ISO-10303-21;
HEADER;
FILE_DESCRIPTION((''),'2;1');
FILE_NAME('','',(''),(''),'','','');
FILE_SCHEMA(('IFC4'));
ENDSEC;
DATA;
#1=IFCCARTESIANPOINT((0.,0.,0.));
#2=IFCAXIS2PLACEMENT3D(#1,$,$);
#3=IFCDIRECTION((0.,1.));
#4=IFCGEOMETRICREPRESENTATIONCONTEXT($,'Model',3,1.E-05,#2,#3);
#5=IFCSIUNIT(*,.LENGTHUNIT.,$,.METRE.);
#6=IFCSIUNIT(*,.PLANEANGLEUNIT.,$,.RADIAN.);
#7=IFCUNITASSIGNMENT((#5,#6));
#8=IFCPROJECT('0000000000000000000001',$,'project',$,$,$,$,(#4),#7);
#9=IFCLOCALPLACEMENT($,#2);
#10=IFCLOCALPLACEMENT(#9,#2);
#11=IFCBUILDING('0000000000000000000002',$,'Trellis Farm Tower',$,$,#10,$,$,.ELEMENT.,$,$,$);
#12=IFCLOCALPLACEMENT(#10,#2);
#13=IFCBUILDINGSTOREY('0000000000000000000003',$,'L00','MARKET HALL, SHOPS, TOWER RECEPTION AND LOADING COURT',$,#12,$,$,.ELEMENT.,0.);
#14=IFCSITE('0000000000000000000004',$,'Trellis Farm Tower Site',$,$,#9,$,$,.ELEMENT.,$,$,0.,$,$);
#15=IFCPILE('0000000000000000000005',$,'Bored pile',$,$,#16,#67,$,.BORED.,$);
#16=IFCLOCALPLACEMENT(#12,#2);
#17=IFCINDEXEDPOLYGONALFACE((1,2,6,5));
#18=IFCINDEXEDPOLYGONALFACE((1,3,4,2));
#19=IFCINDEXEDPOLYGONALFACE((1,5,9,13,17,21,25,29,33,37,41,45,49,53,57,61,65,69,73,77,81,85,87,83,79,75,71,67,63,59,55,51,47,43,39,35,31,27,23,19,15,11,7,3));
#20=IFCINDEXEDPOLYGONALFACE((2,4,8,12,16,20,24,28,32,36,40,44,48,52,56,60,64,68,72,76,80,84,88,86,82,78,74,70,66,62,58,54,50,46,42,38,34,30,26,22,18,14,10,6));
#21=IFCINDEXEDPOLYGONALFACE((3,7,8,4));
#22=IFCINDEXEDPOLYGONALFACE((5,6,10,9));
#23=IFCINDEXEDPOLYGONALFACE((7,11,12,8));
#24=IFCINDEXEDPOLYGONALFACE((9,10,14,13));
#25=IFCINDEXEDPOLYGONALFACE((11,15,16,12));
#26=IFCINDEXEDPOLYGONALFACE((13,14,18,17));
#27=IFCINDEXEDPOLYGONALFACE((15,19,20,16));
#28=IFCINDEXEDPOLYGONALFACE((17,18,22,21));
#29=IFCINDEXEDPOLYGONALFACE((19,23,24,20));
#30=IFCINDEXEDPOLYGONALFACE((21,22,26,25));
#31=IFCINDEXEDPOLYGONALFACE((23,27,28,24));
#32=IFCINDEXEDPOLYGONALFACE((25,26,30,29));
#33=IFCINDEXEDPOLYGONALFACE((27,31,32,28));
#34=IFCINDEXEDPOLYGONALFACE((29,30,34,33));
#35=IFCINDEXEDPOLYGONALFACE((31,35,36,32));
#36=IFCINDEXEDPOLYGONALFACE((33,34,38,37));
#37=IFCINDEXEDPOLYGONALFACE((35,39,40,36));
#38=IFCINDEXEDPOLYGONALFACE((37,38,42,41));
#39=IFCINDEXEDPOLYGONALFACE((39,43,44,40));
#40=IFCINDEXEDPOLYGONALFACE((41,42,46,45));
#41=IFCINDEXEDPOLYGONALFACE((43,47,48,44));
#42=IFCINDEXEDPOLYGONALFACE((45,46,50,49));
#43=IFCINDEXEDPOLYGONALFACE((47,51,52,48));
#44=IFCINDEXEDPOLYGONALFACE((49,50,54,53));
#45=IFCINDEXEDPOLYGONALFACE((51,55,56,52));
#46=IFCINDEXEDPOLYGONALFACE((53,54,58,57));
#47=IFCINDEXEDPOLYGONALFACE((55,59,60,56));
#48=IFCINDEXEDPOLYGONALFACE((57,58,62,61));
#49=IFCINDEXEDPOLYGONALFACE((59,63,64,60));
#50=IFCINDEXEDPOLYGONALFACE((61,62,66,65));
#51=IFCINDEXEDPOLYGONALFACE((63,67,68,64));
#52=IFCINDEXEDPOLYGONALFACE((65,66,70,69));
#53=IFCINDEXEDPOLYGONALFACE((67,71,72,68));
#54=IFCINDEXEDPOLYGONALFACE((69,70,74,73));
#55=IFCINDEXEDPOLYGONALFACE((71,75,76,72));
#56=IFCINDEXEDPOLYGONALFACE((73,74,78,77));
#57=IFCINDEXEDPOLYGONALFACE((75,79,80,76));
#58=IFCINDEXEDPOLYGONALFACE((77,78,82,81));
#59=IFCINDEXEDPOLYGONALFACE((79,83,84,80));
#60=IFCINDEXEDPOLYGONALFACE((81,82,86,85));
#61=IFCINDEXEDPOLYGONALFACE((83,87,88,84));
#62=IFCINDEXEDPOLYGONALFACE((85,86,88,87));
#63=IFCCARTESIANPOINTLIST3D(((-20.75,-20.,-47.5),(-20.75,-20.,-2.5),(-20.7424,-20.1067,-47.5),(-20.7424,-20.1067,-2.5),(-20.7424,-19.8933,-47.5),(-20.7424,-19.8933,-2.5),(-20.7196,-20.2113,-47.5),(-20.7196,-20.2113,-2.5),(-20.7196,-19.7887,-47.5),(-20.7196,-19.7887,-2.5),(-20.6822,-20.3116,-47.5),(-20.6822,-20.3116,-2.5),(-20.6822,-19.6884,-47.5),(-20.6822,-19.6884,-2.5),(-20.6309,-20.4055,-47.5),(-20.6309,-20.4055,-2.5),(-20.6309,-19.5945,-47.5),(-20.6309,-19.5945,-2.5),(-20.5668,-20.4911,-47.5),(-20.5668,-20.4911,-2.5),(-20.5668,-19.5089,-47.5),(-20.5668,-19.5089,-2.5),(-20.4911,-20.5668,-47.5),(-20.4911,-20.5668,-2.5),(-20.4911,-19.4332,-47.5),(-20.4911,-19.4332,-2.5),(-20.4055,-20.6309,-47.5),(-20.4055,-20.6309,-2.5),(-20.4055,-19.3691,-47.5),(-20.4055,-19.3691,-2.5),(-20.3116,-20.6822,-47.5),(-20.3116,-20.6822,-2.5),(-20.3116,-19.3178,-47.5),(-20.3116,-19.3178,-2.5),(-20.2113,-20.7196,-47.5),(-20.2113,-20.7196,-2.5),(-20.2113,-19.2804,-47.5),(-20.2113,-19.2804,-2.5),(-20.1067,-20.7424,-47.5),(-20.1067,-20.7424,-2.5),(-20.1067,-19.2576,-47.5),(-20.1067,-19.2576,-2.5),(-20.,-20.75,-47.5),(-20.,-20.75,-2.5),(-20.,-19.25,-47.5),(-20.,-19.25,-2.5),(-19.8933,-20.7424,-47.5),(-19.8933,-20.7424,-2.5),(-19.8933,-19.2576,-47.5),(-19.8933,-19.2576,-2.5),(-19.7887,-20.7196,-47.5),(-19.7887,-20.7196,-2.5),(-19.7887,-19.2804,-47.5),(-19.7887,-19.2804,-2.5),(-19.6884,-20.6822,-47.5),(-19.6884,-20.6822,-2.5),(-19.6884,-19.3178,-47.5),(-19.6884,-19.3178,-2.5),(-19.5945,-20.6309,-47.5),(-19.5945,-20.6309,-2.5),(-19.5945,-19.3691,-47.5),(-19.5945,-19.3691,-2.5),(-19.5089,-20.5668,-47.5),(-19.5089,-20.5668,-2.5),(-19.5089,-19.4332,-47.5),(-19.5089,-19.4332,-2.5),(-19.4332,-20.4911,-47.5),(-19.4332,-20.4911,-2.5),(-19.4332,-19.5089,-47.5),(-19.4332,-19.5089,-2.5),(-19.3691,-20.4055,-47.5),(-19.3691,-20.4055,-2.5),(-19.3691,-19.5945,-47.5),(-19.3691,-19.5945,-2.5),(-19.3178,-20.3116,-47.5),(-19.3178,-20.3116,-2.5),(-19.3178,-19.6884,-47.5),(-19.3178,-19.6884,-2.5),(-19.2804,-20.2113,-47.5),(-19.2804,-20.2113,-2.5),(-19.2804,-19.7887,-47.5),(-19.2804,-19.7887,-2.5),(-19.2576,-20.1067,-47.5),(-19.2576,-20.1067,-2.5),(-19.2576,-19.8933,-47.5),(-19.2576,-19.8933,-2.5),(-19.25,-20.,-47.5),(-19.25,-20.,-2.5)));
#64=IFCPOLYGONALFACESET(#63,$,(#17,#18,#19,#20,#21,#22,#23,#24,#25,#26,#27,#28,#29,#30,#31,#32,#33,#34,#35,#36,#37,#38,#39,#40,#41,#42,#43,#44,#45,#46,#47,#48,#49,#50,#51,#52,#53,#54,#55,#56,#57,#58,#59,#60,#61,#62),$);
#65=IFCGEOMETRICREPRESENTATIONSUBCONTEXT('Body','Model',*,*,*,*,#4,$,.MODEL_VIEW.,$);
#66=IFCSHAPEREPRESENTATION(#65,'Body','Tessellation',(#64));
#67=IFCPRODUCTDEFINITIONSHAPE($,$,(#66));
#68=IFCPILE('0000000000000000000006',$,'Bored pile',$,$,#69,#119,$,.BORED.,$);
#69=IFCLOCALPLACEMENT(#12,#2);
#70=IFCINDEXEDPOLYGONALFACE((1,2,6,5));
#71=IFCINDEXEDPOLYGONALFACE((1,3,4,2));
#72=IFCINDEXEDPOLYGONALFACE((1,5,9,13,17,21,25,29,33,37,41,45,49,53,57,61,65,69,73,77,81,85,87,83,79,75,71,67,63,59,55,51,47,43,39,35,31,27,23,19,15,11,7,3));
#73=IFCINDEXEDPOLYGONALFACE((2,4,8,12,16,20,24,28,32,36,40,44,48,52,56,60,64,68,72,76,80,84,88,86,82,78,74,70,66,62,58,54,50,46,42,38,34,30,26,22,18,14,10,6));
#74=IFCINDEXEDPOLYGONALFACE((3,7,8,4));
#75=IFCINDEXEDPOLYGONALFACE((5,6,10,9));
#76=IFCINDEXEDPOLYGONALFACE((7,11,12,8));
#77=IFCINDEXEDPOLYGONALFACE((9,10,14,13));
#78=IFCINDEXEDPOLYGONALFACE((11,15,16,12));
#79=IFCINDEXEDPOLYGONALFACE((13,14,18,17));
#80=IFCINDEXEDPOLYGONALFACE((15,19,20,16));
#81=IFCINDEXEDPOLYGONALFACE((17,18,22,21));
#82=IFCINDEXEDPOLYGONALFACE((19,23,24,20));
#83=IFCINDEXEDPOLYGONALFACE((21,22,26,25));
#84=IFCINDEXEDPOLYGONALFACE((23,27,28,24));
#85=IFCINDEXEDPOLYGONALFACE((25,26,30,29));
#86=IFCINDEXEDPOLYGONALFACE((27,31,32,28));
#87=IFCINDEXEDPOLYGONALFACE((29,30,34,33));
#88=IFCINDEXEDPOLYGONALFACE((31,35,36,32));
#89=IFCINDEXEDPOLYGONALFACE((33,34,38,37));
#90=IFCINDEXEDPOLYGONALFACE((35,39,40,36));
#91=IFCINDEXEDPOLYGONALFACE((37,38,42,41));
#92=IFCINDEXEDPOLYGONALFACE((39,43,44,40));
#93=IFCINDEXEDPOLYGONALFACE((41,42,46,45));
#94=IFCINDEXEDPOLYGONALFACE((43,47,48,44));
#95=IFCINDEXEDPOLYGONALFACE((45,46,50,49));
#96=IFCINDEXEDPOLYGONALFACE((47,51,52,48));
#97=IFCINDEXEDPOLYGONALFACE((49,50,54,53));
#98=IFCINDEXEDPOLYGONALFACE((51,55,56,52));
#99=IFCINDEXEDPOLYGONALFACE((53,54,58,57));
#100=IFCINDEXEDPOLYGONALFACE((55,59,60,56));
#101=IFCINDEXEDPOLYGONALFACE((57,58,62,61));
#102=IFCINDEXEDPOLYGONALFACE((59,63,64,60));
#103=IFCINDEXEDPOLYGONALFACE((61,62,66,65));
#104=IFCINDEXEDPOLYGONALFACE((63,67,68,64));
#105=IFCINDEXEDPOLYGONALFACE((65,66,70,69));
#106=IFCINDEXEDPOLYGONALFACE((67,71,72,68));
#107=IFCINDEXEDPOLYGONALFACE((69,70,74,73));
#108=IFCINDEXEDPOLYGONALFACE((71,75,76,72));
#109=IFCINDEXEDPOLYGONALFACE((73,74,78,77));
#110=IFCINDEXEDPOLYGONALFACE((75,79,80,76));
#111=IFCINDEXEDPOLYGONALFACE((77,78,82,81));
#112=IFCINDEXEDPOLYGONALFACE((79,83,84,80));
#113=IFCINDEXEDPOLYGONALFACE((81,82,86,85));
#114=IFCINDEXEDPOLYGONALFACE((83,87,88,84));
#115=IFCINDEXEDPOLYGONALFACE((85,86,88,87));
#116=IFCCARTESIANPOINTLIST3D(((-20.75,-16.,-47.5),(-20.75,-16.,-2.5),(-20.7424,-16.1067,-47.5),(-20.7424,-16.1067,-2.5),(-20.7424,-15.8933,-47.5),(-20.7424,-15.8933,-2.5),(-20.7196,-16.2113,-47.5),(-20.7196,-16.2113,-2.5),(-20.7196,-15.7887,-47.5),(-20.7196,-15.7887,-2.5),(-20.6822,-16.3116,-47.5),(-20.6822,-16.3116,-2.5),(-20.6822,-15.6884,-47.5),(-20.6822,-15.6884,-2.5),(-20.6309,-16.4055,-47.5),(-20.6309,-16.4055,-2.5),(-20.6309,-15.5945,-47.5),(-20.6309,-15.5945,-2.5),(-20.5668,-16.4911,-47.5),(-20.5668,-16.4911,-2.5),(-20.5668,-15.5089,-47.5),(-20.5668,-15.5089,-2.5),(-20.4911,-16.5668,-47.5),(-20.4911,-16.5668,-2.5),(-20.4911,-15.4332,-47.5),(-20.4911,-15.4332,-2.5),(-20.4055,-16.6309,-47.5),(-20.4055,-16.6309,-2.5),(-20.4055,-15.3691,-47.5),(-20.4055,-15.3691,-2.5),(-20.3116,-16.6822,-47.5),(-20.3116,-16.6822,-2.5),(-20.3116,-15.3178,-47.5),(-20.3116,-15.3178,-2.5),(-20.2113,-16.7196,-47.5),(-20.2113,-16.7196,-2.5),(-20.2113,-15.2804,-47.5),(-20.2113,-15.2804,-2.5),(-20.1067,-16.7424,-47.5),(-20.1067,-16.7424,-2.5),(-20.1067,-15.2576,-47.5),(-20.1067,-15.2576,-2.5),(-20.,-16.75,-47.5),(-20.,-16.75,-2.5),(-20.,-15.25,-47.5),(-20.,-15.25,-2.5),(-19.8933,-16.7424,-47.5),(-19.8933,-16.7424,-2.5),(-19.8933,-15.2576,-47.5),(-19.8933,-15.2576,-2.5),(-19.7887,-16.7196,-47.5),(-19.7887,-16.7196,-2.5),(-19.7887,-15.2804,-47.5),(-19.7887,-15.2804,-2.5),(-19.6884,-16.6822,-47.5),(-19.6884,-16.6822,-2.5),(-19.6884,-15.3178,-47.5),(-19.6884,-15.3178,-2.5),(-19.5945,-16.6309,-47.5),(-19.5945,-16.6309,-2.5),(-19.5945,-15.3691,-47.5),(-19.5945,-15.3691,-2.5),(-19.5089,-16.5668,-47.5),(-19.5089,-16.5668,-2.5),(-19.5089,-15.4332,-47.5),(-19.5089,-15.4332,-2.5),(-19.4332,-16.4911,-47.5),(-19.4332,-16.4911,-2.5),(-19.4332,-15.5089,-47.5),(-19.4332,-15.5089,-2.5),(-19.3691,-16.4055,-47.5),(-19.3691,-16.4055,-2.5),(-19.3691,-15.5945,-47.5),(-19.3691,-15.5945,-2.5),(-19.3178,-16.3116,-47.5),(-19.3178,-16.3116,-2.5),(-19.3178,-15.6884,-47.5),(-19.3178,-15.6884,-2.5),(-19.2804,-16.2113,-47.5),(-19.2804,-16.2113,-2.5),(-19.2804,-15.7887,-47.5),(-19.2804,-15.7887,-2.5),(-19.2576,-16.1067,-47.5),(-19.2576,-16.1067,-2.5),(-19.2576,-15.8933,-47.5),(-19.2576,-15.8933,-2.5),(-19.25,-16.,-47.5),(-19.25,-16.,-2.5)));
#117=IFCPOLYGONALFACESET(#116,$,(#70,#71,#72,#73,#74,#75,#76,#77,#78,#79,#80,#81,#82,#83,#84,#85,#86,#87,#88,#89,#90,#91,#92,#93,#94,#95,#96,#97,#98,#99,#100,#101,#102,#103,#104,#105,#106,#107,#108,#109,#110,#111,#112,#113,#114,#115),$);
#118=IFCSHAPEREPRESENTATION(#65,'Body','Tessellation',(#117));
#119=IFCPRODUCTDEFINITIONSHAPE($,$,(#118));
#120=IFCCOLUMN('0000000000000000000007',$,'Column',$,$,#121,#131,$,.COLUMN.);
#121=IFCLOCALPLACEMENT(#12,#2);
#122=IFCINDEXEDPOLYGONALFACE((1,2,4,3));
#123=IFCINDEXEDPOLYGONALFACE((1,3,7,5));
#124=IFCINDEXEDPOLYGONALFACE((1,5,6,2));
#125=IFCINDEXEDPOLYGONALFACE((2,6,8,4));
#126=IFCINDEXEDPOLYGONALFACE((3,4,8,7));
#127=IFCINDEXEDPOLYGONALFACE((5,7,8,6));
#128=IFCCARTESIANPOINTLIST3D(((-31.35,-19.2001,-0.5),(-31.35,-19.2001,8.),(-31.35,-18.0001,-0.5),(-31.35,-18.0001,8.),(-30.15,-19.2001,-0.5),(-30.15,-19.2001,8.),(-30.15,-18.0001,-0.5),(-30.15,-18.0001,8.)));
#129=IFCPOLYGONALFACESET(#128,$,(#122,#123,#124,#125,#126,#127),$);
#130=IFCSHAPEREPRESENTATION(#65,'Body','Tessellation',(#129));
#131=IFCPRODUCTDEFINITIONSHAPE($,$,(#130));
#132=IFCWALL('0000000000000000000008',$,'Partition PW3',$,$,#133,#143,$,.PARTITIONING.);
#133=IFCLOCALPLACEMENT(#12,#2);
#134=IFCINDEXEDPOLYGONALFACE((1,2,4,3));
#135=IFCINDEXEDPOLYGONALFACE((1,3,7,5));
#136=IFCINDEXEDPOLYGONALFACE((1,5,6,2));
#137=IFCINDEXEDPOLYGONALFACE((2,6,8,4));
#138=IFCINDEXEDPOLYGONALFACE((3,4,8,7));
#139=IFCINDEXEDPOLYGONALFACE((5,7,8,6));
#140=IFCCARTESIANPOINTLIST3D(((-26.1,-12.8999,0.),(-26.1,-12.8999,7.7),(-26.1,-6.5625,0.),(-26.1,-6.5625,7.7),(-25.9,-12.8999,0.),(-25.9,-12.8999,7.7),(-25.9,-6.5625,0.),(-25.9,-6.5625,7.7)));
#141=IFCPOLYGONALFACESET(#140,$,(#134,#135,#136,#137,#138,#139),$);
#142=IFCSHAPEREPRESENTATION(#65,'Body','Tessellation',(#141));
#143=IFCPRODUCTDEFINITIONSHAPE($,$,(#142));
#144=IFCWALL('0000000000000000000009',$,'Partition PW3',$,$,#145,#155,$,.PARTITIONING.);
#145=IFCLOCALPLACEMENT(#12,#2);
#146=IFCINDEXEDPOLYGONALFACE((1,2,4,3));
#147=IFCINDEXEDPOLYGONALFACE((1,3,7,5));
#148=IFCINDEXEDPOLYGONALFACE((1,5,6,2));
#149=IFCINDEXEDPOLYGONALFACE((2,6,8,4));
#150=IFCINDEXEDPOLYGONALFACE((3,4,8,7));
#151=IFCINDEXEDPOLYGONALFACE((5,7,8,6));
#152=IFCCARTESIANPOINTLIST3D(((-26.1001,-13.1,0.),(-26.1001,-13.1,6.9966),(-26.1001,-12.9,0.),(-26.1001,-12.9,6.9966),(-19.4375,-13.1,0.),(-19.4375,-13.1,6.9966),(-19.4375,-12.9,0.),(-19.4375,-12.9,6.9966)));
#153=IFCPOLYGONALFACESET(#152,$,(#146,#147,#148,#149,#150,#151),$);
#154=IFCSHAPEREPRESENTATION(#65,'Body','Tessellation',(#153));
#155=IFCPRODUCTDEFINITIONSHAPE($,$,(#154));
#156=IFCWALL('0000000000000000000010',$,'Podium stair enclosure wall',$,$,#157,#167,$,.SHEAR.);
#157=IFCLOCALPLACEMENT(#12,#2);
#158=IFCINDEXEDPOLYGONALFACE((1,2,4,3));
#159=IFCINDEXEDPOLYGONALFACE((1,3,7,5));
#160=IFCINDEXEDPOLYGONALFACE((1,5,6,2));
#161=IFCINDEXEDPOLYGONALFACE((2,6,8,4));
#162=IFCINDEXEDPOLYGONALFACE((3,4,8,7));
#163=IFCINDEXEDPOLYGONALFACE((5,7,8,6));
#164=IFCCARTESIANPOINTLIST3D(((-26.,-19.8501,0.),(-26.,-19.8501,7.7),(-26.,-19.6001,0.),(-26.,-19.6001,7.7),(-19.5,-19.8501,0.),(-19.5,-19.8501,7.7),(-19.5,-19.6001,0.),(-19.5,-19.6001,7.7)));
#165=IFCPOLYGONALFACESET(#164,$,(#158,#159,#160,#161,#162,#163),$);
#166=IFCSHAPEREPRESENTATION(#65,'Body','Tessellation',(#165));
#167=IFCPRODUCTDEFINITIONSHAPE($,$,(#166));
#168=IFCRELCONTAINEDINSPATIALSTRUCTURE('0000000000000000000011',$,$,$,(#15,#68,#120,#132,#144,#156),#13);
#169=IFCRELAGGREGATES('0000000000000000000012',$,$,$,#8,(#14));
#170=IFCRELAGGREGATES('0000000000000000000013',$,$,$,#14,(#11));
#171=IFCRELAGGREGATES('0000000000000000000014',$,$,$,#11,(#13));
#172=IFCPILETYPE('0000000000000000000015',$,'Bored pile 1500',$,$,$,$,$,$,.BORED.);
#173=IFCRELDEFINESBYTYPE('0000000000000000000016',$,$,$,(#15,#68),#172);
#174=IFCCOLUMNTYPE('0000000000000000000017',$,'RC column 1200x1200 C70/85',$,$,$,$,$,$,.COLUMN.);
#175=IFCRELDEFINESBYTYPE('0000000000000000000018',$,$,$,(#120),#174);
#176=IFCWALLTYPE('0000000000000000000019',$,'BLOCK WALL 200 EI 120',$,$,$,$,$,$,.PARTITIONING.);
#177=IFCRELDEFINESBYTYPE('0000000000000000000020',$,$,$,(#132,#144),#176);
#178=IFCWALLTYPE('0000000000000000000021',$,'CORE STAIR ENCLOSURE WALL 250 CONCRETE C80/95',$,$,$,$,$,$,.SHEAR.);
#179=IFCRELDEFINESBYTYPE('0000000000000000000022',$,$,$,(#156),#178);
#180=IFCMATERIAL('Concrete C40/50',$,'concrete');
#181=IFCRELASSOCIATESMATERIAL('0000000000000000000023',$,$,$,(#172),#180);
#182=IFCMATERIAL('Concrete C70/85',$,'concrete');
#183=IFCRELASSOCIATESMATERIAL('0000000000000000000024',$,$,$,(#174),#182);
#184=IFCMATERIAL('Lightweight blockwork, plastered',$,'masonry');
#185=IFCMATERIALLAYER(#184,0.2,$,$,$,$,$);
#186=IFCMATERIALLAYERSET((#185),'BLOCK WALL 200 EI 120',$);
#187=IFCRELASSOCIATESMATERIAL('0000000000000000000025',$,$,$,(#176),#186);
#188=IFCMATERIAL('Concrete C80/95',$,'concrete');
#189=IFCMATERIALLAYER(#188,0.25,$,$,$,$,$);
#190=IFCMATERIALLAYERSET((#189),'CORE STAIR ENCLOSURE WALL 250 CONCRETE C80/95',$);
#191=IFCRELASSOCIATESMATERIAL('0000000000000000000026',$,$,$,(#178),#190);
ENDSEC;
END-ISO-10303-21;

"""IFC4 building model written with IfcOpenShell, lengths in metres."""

from ifc_helpers import new_model, si_unit, direction, frame, frame_2d, origin, origin_2d, place, context, subcontext, project, spatial, rectangle, circle, extrude, source, transform, mapped, material, layer, layer_set, material_profile, profile_set, type_object, element, save


model = new_model("IFC4")

# Units and contexts
model_context = context("Model", 3, precision=1e-05, world=origin(), true_north=direction((0.0, 1.0)))
body_context = subcontext(model_context, "Body", "Model", "MODEL_VIEW")
ifc_project = project(units=[si_unit("LENGTHUNIT", "METRE"), si_unit("PLANEANGLEUNIT", "RADIAN")], contexts=[model_context])

# Site, building, storey
site_placement = place(None, origin())
site = spatial("IfcSite", under=ifc_project, at=site_placement, Name="Trellis Farm Tower Site", CompositionType="ELEMENT", RefElevation=0.0)
building_placement = place(site_placement, origin())
building = spatial("IfcBuilding", under=site, at=building_placement, Name="Trellis Farm Tower", CompositionType="ELEMENT")
storey_placement = place(building_placement, origin())
storey = spatial("IfcBuildingStorey", under=building, at=storey_placement, Name="L00", Description="MARKET HALL, SHOPS, TOWER RECEPTION AND LOADING COURT", CompositionType="ELEMENT", Elevation=0.0)

# Piles
ifc_material_1 = material(Name="Concrete C40/50", Category="concrete")
ifc_material_profile_1 = material_profile(ifc_material_1, circle(Radius=0.75, at=origin_2d()), Name="Bored pile 1500")
ifc_profile_set_1 = profile_set([ifc_material_profile_1], Name="Concrete C40/50")
pile_type = type_object("IfcPileType", Name="Bored pile 1500", PredefinedType="BORED", material=ifc_profile_set_1)
shared_shape_1 = source(origin(), body_context, "Body", "SweptSolid", [
    extrude(circle(Radius=0.75, at=origin_2d()), origin(), (0.0, 0.0, 1.0), 45.0),
])
for number, where, z_axis, x_axis, name in (
    (1, (-20.0, -20.0, -2.5), (0.0, 0.0, -1.0), (1.0, 0.0, 0.0), "Bored pile"),
    (2, (-20.0, -16.0, -2.5), (0.0, 0.0, -1.0), (1.0, 0.0, 0.0), "Bored pile"),
):
    element("IfcPile", number, at=place(storey_placement, frame(where, z_axis=z_axis, x_axis=x_axis)), inside=storey, type_object=pile_type, Name=name, PredefinedType="BORED", context=body_context, shape_type="MappedRepresentation", body=[
        mapped(shared_shape_1, transform((0.0, 0.0, 0.0))),
    ])

# Column
ifc_material_2 = material(Name="Concrete C70/85", Category="concrete")
ifc_material_profile_2 = material_profile(ifc_material_2, rectangle(XDim=1.2, YDim=1.2, at=origin_2d()), Name="RC column 1200x1200 C70/85")
ifc_profile_set_2 = profile_set([ifc_material_profile_2], Name="Concrete C70/85")
column_type = type_object("IfcColumnType", Name="RC column 1200x1200 C70/85", PredefinedType="COLUMN", material=ifc_profile_set_2)
shared_shape_2 = source(origin(), body_context, "Body", "SweptSolid", [
    extrude(rectangle(XDim=1.2, YDim=1.2, at=origin_2d()), origin(), (0.0, 0.0, 1.0), 8.5),
])
column_placement = place(storey_placement, frame((-30.75, -18.6001, -0.5), z_axis=(0.0, 0.0, 1.0), x_axis=(1.0, 0.0, 0.0)))
element("IfcColumn", 3, at=column_placement, inside=storey, type_object=column_type, Name="Column", PredefinedType="COLUMN", context=body_context, shape_type="MappedRepresentation", body=[
    mapped(shared_shape_2, transform((0.0, 0.0, 0.0))),
])

# Walls
ifc_material_3 = material(Name="Lightweight blockwork, plastered", Category="masonry")
ifc_layer_1 = layer(ifc_material_3, 0.2)
ifc_layer_set_1 = layer_set([ifc_layer_1], Name="BLOCK WALL 200 EI 120")
wall_type_1 = type_object("IfcWallType", Name="BLOCK WALL 200 EI 120", PredefinedType="PARTITIONING", material=ifc_layer_set_1)
wall_1_placement = place(storey_placement, frame((-26.0, -12.8999, 0.0), z_axis=(0.0, 0.0, 1.0), x_axis=(0.0, 1.0, 0.0)))
element("IfcWall", 4, at=wall_1_placement, inside=storey, type_object=wall_type_1, Name="Partition PW3", PredefinedType="PARTITIONING", context=body_context, shape_type="SweptSolid", body=[
    extrude(rectangle(XDim=6.3374, YDim=0.2, at=frame_2d((3.1687, 0.0))), origin(), (0.0, 0.0, 1.0), 7.7),
])
wall_2_placement = place(storey_placement, frame((-26.1001, -13.0, 0.0), z_axis=(0.0, 0.0, 1.0), x_axis=(1.0, 0.0, 0.0)))
element("IfcWall", 5, at=wall_2_placement, inside=storey, type_object=wall_type_1, Name="Partition PW3", PredefinedType="PARTITIONING", context=body_context, shape_type="SweptSolid", body=[
    extrude(rectangle(XDim=6.6626, YDim=0.2, at=frame_2d((3.3313, 0.0))), origin(), (0.0, 0.0, 1.0), 6.9966),
])
ifc_material_4 = material(Name="Concrete C80/95", Category="concrete")
ifc_layer_2 = layer(ifc_material_4, 0.25)
ifc_layer_set_2 = layer_set([ifc_layer_2], Name="CORE STAIR ENCLOSURE WALL 250 CONCRETE C80/95")
wall_type_2 = type_object("IfcWallType", Name="CORE STAIR ENCLOSURE WALL 250 CONCRETE C80/95", PredefinedType="SHEAR", material=ifc_layer_set_2)
shared_shape_3 = source(origin(), body_context, "Body", "SweptSolid", [
    extrude(rectangle(XDim=6.5, YDim=0.25, at=frame_2d((3.25, 0.0))), origin(), (0.0, 0.0, 1.0), 7.7),
])
wall_3_placement = place(storey_placement, frame((-26.0, -19.7251, 0.0), z_axis=(0.0, 0.0, 1.0), x_axis=(1.0, 0.0, 0.0)))
element("IfcWall", 6, at=wall_3_placement, inside=storey, type_object=wall_type_2, Name="Podium stair enclosure wall", PredefinedType="SHEAR", context=body_context, shape_type="MappedRepresentation", body=[
    mapped(shared_shape_3, transform((0.0, 0.0, 0.0))),
])

save(model, "model.ifc")
